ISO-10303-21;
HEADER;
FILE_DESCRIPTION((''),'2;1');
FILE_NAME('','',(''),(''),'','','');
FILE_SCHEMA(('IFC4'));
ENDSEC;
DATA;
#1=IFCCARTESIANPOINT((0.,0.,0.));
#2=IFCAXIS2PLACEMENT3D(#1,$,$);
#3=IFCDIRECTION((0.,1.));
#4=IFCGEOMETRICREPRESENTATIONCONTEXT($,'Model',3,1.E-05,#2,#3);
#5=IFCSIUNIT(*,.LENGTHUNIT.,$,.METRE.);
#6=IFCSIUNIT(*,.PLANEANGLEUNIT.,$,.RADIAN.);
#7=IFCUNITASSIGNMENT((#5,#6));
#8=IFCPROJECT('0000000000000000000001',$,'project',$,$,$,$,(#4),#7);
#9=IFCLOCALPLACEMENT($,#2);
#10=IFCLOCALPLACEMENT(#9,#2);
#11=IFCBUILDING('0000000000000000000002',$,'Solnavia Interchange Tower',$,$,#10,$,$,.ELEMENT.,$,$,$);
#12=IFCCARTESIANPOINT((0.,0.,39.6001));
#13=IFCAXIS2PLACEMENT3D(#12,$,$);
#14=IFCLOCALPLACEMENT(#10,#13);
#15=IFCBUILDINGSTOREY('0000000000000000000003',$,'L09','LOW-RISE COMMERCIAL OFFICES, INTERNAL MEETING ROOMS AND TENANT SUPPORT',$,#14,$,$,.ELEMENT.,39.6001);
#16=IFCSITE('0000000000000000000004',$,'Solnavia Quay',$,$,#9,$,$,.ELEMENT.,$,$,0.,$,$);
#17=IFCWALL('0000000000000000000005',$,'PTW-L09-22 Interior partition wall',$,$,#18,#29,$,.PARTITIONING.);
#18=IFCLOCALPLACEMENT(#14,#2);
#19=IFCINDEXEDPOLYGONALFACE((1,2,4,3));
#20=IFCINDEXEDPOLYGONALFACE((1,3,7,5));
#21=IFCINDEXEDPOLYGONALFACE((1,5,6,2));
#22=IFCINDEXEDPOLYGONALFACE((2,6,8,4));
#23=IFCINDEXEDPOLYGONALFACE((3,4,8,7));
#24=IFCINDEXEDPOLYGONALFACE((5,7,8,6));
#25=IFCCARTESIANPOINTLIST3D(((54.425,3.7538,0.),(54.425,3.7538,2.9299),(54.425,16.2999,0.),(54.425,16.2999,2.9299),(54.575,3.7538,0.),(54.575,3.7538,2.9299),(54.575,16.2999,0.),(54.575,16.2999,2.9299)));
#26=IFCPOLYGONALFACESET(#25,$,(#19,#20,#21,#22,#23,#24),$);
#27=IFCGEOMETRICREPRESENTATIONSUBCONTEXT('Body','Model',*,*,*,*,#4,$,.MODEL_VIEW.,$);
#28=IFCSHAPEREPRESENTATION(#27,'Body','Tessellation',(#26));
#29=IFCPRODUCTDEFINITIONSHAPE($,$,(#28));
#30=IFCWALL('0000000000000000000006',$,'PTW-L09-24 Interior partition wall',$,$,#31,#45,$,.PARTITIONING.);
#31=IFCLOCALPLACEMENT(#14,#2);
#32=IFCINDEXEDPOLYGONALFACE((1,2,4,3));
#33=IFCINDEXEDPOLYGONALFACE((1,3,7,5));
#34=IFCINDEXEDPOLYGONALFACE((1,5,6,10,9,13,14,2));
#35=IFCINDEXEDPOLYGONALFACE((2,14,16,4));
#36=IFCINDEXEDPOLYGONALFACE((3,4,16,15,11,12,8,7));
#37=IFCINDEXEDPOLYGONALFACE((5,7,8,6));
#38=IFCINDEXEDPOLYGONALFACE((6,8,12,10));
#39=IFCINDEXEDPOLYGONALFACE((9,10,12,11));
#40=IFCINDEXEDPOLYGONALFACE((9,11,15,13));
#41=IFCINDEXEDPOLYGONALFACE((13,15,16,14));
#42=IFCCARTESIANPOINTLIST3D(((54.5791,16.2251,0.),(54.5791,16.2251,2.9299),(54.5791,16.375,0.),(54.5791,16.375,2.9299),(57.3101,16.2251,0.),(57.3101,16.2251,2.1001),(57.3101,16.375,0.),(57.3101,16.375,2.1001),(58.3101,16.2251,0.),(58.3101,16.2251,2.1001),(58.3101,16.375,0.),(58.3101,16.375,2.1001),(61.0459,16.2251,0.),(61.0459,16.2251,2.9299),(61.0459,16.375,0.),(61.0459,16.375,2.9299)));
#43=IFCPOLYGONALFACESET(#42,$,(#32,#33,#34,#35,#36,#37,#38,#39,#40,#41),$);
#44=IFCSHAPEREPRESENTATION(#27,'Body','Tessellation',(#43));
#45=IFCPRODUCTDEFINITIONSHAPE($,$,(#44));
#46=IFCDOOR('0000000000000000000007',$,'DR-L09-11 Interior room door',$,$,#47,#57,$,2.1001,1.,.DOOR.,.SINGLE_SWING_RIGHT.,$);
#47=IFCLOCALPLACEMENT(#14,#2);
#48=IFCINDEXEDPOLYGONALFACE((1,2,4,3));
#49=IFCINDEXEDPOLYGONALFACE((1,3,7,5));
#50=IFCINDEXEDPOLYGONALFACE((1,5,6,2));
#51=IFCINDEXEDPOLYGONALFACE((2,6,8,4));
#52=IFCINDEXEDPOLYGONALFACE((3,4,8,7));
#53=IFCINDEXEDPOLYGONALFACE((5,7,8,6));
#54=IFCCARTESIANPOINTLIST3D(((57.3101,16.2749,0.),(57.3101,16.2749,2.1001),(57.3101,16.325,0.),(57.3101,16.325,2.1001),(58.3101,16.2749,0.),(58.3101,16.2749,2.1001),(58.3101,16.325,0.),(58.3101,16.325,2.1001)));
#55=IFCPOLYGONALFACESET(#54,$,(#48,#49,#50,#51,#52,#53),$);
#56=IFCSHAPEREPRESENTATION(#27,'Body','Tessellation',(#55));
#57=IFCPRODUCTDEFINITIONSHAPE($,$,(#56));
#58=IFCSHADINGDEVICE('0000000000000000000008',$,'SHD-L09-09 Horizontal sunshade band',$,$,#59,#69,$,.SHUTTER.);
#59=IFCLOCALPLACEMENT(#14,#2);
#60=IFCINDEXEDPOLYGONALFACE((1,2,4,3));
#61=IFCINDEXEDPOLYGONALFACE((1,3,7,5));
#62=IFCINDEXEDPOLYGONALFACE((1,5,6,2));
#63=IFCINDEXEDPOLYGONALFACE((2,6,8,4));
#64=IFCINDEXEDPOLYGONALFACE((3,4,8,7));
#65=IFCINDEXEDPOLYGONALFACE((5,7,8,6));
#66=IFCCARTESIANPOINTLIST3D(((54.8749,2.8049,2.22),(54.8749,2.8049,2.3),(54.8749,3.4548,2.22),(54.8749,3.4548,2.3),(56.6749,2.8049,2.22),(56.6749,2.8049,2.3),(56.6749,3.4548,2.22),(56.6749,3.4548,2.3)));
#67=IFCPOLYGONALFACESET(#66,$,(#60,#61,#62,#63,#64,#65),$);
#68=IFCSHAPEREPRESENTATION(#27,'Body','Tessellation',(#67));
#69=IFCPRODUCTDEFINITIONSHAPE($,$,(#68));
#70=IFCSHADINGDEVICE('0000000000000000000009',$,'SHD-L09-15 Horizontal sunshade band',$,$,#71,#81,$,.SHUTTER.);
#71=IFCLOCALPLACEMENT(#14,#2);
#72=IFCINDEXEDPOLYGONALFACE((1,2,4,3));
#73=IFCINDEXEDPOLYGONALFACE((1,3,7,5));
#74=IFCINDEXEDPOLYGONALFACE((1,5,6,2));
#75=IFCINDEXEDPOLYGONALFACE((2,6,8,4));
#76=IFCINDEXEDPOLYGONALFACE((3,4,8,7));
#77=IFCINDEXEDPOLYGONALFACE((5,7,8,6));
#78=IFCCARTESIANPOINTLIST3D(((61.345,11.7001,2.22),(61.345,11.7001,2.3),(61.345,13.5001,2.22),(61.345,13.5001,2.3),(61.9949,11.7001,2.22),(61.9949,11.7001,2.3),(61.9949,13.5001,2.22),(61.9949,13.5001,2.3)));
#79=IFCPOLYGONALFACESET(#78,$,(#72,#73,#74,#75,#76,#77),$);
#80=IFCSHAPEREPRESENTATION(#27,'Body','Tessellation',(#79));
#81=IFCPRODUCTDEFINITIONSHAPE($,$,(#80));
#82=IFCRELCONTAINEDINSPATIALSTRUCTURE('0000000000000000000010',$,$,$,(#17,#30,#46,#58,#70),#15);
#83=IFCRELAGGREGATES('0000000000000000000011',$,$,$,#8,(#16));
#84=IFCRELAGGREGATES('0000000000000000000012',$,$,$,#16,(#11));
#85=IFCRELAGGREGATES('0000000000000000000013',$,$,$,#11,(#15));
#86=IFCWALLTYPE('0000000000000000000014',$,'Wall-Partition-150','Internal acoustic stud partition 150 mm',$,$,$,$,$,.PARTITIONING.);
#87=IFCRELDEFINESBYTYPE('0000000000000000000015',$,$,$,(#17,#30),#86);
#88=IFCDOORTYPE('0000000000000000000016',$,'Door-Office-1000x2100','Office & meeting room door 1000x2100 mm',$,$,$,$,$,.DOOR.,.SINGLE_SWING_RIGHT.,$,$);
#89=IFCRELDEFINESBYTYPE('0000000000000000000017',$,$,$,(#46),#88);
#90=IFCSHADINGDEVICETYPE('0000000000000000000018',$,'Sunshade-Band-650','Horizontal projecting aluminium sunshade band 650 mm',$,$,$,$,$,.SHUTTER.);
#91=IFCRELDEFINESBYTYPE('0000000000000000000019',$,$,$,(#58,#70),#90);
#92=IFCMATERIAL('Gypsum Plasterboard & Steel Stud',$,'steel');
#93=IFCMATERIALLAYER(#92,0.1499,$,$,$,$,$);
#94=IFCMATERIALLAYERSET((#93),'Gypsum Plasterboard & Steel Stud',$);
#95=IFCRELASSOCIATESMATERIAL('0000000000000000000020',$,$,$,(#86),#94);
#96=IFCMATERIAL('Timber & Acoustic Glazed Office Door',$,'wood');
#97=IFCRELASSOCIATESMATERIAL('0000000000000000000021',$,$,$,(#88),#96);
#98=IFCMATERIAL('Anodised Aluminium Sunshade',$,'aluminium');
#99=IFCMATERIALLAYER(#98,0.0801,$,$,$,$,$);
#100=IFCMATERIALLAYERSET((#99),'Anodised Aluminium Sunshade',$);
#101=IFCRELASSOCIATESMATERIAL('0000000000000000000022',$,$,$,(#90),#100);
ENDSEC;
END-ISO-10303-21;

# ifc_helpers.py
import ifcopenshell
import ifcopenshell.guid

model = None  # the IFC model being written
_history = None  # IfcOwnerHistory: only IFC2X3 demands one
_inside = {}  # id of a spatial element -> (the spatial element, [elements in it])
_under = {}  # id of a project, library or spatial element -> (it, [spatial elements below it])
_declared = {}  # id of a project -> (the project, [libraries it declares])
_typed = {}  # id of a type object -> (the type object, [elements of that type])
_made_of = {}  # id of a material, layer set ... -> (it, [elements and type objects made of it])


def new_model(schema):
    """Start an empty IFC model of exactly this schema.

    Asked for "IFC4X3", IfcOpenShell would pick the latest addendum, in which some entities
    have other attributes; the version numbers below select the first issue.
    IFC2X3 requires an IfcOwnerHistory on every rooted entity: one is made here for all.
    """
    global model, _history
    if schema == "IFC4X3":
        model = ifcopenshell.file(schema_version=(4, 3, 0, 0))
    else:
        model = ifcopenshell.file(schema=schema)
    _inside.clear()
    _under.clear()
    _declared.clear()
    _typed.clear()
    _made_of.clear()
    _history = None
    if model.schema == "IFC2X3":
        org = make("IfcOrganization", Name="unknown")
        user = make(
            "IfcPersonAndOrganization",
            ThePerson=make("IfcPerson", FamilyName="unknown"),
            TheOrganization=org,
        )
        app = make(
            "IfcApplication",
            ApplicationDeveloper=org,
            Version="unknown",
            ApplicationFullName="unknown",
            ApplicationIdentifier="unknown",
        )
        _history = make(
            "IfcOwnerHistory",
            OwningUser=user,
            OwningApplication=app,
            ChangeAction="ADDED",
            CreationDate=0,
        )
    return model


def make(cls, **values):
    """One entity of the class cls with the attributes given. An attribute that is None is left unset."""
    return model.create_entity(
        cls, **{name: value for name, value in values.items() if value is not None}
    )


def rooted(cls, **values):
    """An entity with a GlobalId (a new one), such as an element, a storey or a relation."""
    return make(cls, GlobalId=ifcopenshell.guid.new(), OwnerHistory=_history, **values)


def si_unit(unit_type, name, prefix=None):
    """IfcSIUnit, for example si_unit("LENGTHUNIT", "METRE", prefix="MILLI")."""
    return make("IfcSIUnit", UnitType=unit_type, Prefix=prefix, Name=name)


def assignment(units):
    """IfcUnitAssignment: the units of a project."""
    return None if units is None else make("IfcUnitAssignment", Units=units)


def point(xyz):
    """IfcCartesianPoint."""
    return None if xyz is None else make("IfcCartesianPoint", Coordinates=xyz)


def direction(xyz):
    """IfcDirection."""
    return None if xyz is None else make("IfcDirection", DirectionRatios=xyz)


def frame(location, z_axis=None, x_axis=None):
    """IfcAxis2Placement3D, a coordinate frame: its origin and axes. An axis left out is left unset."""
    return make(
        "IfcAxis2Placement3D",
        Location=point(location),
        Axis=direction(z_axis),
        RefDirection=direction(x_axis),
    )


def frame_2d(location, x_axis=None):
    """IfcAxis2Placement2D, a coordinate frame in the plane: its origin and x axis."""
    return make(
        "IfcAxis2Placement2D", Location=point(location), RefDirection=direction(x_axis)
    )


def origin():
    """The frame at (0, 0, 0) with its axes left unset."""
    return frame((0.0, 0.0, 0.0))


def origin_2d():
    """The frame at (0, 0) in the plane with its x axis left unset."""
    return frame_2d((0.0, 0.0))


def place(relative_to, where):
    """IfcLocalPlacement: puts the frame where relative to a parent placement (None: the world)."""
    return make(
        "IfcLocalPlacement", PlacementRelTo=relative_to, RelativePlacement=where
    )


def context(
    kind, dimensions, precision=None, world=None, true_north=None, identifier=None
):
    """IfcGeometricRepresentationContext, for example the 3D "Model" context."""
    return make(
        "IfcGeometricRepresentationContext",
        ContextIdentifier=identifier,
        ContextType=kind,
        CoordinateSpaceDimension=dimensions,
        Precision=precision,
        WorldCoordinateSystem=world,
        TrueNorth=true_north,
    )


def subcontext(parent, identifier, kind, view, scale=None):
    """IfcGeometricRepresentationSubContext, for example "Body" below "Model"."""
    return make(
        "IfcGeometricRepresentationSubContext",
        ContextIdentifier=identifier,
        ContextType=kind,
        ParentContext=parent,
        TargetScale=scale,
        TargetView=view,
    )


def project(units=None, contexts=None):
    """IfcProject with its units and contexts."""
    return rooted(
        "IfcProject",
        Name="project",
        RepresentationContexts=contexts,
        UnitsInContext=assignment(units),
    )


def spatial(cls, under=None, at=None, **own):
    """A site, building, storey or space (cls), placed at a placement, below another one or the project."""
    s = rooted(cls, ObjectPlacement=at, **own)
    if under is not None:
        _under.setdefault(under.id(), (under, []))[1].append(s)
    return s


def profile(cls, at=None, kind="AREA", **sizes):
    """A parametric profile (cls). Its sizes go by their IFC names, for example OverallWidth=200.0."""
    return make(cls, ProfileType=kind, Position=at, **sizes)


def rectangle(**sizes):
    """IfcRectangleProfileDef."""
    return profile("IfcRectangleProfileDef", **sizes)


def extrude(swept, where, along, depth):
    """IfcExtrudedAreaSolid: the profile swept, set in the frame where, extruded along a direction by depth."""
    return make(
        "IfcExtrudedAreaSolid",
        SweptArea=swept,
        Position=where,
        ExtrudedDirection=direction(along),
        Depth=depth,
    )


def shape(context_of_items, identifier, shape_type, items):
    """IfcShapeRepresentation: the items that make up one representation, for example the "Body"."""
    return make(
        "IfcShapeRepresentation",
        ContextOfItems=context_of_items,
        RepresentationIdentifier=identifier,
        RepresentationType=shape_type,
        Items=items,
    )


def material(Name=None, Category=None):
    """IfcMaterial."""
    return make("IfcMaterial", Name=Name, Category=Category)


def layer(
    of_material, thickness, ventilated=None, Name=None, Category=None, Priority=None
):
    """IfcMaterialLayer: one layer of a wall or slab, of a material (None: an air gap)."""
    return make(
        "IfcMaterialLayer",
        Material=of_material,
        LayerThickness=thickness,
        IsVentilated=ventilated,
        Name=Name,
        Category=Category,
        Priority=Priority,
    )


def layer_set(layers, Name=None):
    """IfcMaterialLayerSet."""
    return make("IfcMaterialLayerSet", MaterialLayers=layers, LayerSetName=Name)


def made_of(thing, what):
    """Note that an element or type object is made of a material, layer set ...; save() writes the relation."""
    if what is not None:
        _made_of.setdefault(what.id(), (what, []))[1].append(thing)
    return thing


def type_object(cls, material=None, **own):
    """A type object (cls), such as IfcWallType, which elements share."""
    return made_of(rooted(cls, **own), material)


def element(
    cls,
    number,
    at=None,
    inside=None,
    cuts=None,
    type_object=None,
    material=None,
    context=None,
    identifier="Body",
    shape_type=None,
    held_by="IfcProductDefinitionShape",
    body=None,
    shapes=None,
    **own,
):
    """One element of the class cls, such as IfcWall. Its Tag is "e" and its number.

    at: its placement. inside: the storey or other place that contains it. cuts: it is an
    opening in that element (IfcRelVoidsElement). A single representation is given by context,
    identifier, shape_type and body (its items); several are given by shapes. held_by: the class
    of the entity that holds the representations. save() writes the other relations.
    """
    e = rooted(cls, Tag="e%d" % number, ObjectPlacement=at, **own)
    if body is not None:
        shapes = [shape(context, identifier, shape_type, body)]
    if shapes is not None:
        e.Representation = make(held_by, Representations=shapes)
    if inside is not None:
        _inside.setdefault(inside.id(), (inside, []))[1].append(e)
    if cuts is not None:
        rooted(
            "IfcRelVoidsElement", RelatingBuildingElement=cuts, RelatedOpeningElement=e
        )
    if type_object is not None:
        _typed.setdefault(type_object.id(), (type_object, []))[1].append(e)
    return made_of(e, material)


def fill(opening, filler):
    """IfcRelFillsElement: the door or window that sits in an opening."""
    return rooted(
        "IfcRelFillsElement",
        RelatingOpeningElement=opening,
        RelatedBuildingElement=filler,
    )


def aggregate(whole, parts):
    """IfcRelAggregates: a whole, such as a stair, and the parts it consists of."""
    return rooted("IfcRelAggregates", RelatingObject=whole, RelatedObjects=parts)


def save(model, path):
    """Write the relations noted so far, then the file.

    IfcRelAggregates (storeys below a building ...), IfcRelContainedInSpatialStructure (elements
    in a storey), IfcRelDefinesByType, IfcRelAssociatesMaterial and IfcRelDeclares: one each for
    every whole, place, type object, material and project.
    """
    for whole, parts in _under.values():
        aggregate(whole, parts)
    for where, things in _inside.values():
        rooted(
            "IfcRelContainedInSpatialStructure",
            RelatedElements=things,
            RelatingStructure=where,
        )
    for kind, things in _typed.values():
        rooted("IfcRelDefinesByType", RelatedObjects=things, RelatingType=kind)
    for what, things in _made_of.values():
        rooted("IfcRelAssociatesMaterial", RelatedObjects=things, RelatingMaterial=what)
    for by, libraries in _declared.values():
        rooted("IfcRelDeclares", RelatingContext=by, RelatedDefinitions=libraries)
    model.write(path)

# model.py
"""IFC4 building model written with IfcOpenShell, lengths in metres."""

from ifc_helpers import new_model, si_unit, direction, frame, frame_2d, origin, origin_2d, place, context, subcontext, project, spatial, rectangle, extrude, material, layer, layer_set, type_object, element, fill, save


model = new_model("IFC4")

# Units and contexts
model_context = context("Model", 3, precision=1e-05, world=origin(), true_north=direction((0.0, 1.0)))
body_context = subcontext(model_context, "Body", "Model", "MODEL_VIEW")
ifc_project = project(units=[si_unit("LENGTHUNIT", "METRE"), si_unit("PLANEANGLEUNIT", "RADIAN")], contexts=[model_context])

# Site, building, storey
site_placement = place(None, origin())
site = spatial("IfcSite", under=ifc_project, at=site_placement, Name="Solnavia Quay", CompositionType="ELEMENT", RefElevation=0.0)
building_placement = place(site_placement, origin())
building = spatial("IfcBuilding", under=site, at=building_placement, Name="Solnavia Interchange Tower", CompositionType="ELEMENT")
storey_placement = place(building_placement, frame((0.0, 0.0, 39.6001)))
storey = spatial("IfcBuildingStorey", under=building, at=storey_placement, Name="L09", Description="LOW-RISE COMMERCIAL OFFICES, INTERNAL MEETING ROOMS AND TENANT SUPPORT", CompositionType="ELEMENT", Elevation=39.6001)

# Wall
ifc_material_1 = material(Name="Gypsum Plasterboard & Steel Stud", Category="steel")
ifc_layer_1 = layer(ifc_material_1, 0.1499)
ifc_layer_set_1 = layer_set([ifc_layer_1], Name="Gypsum Plasterboard & Steel Stud")
wall_type_1 = type_object("IfcWallType", Name="Wall-Partition-150", Description="Internal acoustic stud partition 150 mm", PredefinedType="PARTITIONING", material=ifc_layer_set_1)
wall_1_placement = place(storey_placement, frame((54.5, 3.7539, 0.0), z_axis=(0.0, 0.0, 1.0), x_axis=(0.0, 1.0, 0.0)))
element("IfcWall", 1, at=wall_1_placement, inside=storey, type_object=wall_type_1, Name="PTW-L09-22 Interior partition wall", PredefinedType="PARTITIONING", context=body_context, shape_type="SweptSolid", body=[
    extrude(rectangle(XDim=12.5461, YDim=0.1499, at=frame_2d((6.2729, 0.0))), origin(), (0.0, 0.0, 1.0), 2.9299),
])

# Wall, opening, door
wall_2_placement = place(storey_placement, frame((54.5791, 16.3, 0.0), z_axis=(0.0, 0.0, 1.0), x_axis=(1.0, 0.0, 0.0)))
wall_2 = element("IfcWall", 2, at=wall_2_placement, inside=storey, type_object=wall_type_1, Name="PTW-L09-24 Interior partition wall", PredefinedType="PARTITIONING", context=body_context, shape_type="SweptSolid", body=[
    extrude(rectangle(XDim=6.4668, YDim=0.1499, at=frame_2d((3.2334, 0.0))), origin(), (0.0, 0.0, 1.0), 2.9299),
])
opening_1_placement = place(wall_2_placement, frame((2.731, 0.0, 0.0)))
opening_1 = element("IfcOpeningElement", 3, at=opening_1_placement, cuts=wall_2, PredefinedType="OPENING", context=body_context, shape_type="SweptSolid", body=[
    extrude(rectangle(XDim=1.0, YDim=2.1001, at=frame_2d((0.5, 1.05))), frame((0.0, 0.085, 0.0), z_axis=(0.0, -1.0, 0.0), x_axis=(1.0, 0.0, 0.0)), (0.0, 0.0, 1.0), 0.1699),
])
ifc_material_2 = material(Name="Timber & Acoustic Glazed Office Door", Category="wood")
door_type = type_object("IfcDoorType", Name="Door-Office-1000x2100", Description="Office & meeting room door 1000x2100 mm", OperationType="SINGLE_SWING_RIGHT", PredefinedType="DOOR", material=ifc_material_2)
door_placement = place(opening_1_placement, origin())
door = element("IfcDoor", 4, at=door_placement, inside=storey, type_object=door_type, Name="DR-L09-11 Interior room door", OperationType="SINGLE_SWING_RIGHT", OverallHeight=2.1001, OverallWidth=1.0, PredefinedType="DOOR", context=body_context, shape_type="SweptSolid", body=[
    extrude(rectangle(XDim=1.0, YDim=2.1001, at=frame_2d((0.5, 1.05))), frame((0.0, 0.0249, 0.0), z_axis=(0.0, -1.0, 0.0), x_axis=(1.0, 0.0, 0.0)), (0.0, 0.0, 1.0), 0.05),
])
fill(opening_1, door)

# Shading devices
ifc_material_3 = material(Name="Anodised Aluminium Sunshade", Category="aluminium")
ifc_layer_2 = layer(ifc_material_3, 0.0801)
ifc_layer_set_2 = layer_set([ifc_layer_2], Name="Anodised Aluminium Sunshade")
shading_device_type = type_object("IfcShadingDeviceType", Name="Sunshade-Band-650", Description="Horizontal projecting aluminium sunshade band 650 mm", PredefinedType="SHUTTER", material=ifc_layer_set_2)
for number, where, z_axis, x_axis, name in (
    (5, (55.7749, 3.1299, 2.22), (0.0, 0.0, 1.0), (-1.0, 0.0, 0.0), "SHD-L09-09 Horizontal sunshade band"),
    (6, (61.6699, 12.6001, 2.22), (0.0, 0.0, 1.0), (0.0, -1.0, 0.0), "SHD-L09-15 Horizontal sunshade band"),
):
    element("IfcShadingDevice", number, at=place(storey_placement, frame(where, z_axis=z_axis, x_axis=x_axis)), inside=storey, type_object=shading_device_type, Name=name, PredefinedType="SHUTTER", context=body_context, shape_type="SweptSolid", body=[
        extrude(rectangle(XDim=1.8, YDim=0.6499, at=origin_2d()), origin(), (0.0, 0.0, 1.0), 0.0801),
    ])

save(model, "model.ifc")
